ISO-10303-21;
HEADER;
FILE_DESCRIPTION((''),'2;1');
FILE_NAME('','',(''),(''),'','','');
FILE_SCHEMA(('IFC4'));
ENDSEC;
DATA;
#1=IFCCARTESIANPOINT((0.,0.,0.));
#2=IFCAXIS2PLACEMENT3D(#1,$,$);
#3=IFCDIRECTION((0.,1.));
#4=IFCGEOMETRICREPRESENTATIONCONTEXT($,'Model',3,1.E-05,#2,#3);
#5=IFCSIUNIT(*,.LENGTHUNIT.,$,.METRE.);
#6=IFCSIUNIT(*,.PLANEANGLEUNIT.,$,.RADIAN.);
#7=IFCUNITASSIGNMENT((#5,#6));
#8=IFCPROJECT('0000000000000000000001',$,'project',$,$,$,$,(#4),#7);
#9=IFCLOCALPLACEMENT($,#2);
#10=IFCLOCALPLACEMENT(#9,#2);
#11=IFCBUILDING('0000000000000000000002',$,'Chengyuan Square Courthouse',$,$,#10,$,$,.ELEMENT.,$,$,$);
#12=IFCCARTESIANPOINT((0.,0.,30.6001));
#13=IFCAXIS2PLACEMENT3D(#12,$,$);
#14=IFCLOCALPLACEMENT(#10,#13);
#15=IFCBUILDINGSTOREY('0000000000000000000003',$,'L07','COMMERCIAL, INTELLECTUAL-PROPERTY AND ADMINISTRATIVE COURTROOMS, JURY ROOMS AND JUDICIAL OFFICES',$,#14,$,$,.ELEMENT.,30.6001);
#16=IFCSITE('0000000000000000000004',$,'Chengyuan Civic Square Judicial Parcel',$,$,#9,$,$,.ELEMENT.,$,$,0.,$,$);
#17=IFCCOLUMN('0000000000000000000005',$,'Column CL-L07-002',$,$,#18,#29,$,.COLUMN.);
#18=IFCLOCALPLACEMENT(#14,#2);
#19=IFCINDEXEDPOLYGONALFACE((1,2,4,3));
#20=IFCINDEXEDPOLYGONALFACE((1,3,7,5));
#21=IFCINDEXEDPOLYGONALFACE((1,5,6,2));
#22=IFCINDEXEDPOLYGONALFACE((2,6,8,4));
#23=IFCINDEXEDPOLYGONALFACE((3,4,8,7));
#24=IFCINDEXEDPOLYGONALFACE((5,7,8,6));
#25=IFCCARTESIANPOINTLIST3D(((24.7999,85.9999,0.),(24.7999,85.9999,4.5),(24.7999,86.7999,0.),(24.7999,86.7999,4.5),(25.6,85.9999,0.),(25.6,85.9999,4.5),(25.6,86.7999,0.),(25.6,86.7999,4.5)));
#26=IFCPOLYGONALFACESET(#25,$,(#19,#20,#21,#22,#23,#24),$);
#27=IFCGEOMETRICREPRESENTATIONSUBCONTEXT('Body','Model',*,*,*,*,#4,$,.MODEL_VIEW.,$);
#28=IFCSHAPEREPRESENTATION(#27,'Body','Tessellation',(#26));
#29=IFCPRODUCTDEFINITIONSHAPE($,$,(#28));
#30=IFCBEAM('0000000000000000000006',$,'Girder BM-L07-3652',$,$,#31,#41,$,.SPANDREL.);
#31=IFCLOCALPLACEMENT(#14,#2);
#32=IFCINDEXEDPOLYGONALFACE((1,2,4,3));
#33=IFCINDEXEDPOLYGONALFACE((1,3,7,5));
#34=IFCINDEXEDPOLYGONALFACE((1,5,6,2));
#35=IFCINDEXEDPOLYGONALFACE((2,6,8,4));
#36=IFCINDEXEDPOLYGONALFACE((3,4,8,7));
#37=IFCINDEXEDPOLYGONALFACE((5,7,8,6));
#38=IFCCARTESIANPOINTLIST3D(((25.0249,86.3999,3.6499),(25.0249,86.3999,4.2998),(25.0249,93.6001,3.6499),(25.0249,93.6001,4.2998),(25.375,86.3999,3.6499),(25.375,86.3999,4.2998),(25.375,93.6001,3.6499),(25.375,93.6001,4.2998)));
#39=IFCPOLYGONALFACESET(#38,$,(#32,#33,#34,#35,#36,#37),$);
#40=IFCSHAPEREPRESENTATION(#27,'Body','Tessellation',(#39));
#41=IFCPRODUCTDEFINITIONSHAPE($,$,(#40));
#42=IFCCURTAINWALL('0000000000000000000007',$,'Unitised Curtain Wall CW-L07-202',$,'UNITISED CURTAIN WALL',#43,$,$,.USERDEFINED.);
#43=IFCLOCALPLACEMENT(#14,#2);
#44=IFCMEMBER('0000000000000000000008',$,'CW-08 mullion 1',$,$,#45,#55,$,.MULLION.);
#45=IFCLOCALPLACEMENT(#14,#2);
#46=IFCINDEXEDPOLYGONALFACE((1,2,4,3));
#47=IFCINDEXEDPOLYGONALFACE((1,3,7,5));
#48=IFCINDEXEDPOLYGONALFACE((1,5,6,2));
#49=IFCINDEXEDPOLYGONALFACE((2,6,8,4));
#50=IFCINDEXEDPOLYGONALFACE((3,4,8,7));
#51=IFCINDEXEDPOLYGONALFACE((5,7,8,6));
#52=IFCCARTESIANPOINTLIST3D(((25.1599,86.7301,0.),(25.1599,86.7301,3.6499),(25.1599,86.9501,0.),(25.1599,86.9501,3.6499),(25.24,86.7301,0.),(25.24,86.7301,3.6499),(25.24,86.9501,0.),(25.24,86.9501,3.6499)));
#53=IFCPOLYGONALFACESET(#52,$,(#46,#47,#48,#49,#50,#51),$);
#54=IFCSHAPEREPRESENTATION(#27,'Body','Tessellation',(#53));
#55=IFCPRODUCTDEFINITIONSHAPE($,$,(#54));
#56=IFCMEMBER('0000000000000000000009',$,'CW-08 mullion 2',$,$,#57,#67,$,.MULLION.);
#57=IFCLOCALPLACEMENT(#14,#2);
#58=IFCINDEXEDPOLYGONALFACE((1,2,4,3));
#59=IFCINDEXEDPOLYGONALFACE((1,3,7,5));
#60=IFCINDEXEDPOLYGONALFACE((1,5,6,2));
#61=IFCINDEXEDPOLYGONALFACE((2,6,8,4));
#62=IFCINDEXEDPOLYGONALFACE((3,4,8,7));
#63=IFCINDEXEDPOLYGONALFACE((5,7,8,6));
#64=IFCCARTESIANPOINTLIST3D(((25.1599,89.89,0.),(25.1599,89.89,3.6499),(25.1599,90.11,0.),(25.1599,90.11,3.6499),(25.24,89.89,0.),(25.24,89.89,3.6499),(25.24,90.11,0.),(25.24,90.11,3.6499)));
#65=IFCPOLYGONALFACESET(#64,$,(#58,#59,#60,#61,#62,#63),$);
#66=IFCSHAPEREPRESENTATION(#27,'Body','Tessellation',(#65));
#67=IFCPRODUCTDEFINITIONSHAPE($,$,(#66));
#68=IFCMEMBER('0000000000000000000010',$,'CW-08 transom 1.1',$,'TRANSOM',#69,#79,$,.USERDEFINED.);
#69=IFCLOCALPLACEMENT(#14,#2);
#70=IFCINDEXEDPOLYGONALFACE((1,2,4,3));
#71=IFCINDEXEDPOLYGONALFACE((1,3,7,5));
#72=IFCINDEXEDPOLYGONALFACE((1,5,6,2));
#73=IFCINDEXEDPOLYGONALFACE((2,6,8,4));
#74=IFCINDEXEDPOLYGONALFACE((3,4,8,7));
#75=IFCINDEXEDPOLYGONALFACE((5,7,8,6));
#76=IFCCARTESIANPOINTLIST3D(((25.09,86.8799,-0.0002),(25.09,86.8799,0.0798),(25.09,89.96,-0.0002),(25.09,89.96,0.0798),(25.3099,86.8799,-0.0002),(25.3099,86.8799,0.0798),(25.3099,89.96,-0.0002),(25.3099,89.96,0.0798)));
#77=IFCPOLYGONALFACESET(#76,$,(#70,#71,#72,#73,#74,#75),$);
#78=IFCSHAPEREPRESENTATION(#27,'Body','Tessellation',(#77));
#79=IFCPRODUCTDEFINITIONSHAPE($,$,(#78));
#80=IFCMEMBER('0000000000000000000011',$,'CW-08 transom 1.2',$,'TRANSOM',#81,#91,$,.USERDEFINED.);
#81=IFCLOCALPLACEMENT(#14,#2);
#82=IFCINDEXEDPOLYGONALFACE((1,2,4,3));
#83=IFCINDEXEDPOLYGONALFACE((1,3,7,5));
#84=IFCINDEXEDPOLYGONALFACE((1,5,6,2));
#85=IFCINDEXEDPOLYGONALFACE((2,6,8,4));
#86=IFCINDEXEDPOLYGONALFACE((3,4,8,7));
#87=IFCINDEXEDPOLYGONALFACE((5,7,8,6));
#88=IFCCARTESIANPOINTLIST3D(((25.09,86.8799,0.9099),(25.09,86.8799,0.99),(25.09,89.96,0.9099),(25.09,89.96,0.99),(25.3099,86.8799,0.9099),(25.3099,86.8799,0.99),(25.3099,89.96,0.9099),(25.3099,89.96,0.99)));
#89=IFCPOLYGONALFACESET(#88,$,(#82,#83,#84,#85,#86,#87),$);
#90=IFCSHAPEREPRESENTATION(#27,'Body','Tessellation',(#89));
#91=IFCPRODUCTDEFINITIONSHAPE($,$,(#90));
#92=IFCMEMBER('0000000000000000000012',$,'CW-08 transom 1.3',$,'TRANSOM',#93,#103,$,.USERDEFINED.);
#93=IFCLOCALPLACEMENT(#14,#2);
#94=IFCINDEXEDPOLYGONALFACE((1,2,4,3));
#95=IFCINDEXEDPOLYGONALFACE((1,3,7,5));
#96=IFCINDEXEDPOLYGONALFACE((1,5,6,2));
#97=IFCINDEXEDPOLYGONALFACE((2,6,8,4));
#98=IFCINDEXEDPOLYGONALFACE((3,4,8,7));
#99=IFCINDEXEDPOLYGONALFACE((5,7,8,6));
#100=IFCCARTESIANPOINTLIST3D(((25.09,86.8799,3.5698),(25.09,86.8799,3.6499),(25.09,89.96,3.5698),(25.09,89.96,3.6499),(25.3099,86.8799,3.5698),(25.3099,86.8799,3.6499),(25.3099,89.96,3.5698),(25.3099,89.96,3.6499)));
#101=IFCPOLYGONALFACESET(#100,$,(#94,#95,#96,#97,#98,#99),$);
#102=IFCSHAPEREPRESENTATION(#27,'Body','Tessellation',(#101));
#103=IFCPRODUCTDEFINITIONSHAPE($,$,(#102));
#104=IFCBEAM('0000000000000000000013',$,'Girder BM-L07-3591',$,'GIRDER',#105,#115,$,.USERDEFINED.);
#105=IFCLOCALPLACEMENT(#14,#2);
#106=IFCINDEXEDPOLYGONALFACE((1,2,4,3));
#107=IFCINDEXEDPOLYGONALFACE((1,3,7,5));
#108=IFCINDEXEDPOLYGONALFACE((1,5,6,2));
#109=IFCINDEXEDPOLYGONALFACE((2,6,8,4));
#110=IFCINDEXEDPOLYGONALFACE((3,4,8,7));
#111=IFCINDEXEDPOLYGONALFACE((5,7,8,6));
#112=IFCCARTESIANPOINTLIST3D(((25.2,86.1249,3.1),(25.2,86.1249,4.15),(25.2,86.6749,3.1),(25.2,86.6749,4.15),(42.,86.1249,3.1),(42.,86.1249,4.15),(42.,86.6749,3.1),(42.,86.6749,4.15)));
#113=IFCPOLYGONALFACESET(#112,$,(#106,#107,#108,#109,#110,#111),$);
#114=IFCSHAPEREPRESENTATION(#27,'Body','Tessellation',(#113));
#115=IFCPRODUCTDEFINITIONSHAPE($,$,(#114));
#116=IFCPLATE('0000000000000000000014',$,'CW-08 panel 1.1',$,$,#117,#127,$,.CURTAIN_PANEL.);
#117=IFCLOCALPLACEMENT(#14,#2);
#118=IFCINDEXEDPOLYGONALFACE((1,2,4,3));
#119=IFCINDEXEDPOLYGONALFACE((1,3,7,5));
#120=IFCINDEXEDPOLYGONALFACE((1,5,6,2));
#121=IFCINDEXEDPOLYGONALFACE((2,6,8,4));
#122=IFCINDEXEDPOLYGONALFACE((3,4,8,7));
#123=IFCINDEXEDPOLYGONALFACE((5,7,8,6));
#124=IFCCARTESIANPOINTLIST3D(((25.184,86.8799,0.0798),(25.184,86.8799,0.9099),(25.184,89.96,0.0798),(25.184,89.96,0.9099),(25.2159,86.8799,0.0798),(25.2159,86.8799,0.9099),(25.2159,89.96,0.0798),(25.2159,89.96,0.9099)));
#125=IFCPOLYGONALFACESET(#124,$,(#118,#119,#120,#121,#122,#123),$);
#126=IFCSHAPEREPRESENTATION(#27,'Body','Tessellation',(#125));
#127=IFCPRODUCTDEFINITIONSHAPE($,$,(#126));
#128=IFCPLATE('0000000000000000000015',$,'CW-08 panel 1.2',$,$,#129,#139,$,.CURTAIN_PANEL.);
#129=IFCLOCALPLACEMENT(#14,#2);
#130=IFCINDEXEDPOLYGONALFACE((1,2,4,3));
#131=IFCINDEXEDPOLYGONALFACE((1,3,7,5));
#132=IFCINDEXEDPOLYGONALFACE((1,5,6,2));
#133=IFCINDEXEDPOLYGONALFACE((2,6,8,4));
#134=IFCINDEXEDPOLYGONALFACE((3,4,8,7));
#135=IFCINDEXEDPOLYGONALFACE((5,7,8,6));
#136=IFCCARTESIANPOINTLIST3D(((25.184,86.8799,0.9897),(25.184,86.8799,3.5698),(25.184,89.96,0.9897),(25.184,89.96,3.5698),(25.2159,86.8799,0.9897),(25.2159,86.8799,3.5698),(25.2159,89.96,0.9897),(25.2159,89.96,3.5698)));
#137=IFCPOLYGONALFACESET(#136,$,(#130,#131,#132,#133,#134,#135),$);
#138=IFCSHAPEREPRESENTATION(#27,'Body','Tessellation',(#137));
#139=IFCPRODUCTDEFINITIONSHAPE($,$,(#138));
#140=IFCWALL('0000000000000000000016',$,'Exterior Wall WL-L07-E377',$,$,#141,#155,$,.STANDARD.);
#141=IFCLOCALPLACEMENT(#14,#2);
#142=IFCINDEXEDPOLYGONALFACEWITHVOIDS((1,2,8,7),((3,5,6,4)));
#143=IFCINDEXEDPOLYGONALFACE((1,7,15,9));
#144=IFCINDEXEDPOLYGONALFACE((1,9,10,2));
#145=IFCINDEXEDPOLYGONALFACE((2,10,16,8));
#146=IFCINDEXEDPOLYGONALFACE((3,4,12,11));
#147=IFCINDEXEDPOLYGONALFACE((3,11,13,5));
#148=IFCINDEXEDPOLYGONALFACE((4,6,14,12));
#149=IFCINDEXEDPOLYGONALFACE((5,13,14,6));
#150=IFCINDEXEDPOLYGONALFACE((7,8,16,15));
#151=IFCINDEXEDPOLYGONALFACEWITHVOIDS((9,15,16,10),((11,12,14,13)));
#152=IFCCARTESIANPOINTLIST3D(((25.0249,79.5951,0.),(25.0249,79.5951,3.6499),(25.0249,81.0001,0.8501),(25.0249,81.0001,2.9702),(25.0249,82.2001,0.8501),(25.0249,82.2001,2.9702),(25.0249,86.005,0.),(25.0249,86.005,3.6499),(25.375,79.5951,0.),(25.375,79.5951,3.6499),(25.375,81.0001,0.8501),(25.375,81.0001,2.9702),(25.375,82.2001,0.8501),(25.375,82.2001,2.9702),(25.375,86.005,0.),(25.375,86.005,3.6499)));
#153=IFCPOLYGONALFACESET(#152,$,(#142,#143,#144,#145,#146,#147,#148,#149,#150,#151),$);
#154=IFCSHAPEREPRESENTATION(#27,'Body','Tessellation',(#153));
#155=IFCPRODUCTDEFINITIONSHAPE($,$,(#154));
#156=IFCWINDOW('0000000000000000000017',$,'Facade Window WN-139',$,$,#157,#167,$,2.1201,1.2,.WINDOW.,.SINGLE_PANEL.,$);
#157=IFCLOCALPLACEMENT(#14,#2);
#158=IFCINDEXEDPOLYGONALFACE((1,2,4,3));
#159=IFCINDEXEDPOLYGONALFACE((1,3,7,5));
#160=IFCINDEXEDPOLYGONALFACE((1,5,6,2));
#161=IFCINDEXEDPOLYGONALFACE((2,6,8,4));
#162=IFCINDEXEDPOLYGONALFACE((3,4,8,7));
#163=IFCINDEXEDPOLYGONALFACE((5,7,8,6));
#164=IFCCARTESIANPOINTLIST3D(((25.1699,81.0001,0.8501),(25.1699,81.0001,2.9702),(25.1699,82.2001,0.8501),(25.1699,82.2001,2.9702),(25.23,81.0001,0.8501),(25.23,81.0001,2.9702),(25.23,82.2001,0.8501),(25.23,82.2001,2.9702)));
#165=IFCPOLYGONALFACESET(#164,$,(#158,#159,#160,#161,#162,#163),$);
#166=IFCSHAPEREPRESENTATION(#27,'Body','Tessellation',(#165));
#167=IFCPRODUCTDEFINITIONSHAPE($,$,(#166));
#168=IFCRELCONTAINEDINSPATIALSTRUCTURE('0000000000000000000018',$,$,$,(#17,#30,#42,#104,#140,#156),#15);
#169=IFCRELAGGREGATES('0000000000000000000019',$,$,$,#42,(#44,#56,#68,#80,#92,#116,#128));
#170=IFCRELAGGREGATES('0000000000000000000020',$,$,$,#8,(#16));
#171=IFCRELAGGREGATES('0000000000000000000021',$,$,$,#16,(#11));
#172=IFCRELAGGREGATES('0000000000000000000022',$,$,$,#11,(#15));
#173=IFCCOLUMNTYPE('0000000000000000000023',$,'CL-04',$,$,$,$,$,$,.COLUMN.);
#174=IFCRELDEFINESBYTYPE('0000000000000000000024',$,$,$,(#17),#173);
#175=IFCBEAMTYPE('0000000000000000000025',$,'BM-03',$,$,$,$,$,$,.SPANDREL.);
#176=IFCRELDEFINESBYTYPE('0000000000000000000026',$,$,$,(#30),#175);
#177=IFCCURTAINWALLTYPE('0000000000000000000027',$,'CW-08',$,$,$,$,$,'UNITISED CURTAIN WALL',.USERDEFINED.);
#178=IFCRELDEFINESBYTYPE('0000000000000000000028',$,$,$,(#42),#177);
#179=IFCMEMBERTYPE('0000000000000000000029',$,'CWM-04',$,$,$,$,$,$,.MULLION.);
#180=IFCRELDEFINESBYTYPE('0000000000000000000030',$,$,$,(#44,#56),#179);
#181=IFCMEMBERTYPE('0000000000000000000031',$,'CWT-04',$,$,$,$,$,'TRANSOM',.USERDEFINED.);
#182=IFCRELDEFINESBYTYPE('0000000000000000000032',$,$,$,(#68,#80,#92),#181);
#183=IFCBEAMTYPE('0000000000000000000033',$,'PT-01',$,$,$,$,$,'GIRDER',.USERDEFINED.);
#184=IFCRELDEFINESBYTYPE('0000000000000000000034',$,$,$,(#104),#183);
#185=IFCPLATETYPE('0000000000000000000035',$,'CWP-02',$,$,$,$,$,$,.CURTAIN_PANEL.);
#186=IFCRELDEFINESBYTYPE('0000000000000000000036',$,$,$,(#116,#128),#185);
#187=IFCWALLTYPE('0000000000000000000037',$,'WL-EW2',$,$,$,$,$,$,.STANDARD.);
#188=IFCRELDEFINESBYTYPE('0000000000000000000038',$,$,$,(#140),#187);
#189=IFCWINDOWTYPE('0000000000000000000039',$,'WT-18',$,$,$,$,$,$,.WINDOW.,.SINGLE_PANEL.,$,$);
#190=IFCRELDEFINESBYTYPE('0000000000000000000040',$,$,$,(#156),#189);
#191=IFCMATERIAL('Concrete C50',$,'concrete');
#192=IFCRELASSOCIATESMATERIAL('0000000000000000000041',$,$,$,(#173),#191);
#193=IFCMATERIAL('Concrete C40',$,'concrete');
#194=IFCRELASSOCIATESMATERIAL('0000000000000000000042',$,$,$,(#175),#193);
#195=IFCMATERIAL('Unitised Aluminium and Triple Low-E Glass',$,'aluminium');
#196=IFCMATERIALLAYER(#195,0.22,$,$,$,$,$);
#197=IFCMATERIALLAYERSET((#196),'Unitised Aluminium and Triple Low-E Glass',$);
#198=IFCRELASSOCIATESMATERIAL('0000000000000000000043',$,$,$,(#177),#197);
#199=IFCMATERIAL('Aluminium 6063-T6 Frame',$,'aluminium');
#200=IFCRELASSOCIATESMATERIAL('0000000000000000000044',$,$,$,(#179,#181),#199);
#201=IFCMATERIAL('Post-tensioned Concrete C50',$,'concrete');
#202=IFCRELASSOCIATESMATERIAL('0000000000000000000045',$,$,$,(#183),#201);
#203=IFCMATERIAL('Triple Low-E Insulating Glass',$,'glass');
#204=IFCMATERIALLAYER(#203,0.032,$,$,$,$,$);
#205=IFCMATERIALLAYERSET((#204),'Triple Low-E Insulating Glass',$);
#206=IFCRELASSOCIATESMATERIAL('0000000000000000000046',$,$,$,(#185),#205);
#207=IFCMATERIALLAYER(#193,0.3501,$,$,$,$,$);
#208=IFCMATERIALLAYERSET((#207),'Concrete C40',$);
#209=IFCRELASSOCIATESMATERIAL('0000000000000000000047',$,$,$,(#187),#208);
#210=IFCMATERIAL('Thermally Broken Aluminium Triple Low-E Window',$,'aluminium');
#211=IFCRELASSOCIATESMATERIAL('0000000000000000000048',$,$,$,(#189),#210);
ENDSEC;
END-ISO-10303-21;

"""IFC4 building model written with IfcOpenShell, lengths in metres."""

from ifc_helpers import new_model, si_unit, direction, frame, frame_2d, origin, origin_2d, place, context, subcontext, project, spatial, rectangle, extrude, material, layer, layer_set, material_profile, profile_set, type_object, element, fill, aggregate, save


model = new_model("IFC4")

# Units and contexts
model_context = context("Model", 3, precision=1e-05, world=origin(), true_north=direction((0.0, 1.0)))
body_context = subcontext(model_context, "Body", "Model", "MODEL_VIEW")
ifc_project = project(units=[si_unit("LENGTHUNIT", "METRE"), si_unit("PLANEANGLEUNIT", "RADIAN")], contexts=[model_context])

# Site, building, storey
site_placement = place(None, origin())
site = spatial("IfcSite", under=ifc_project, at=site_placement, Name="Chengyuan Civic Square Judicial Parcel", CompositionType="ELEMENT", RefElevation=0.0)
building_placement = place(site_placement, origin())
building = spatial("IfcBuilding", under=site, at=building_placement, Name="Chengyuan Square Courthouse", CompositionType="ELEMENT")
storey_placement = place(building_placement, frame((0.0, 0.0, 30.6001)))
storey = spatial("IfcBuildingStorey", under=building, at=storey_placement, Name="L07", Description="COMMERCIAL, INTELLECTUAL-PROPERTY AND ADMINISTRATIVE COURTROOMS, JURY ROOMS AND JUDICIAL OFFICES", CompositionType="ELEMENT", Elevation=30.6001)

# Column
ifc_material_1 = material(Name="Concrete C50", Category="concrete")
ifc_material_profile_1 = material_profile(ifc_material_1, rectangle(XDim=0.8, YDim=0.8, at=origin_2d()), Name="RC-COL-800x800")
ifc_profile_set_1 = profile_set([ifc_material_profile_1], Name="Concrete C50")
column_type = type_object("IfcColumnType", Name="CL-04", PredefinedType="COLUMN", material=ifc_profile_set_1)
column_placement = place(storey_placement, frame((25.2, 86.3999, 0.0), z_axis=(0.0, 0.0, 1.0), x_axis=(1.0, 0.0, 0.0)))
element("IfcColumn", 1, at=column_placement, inside=storey, type_object=column_type, Name="Column CL-L07-002", PredefinedType="COLUMN", context=body_context, shape_type="SweptSolid", body=[
    extrude(rectangle(XDim=0.8, YDim=0.8, at=origin_2d()), origin(), (0.0, 0.0, 1.0), 4.5),
])

# Beam
ifc_material_2 = material(Name="Concrete C40", Category="concrete")
ifc_material_profile_2 = material_profile(ifc_material_2, rectangle(XDim=0.3501, YDim=0.6499, at=origin_2d()), Name="RC-BM-350x650")
ifc_profile_set_2 = profile_set([ifc_material_profile_2], Name="Concrete C40")
beam_type_1 = type_object("IfcBeamType", Name="BM-03", PredefinedType="SPANDREL", material=ifc_profile_set_2)
beam_1_placement = place(storey_placement, frame((25.2, 86.3999, 3.9749), z_axis=(0.0, 1.0, 0.0), x_axis=(-1.0, 0.0, 0.0)))
element("IfcBeam", 2, at=beam_1_placement, inside=storey, type_object=beam_type_1, Name="Girder BM-L07-3652", PredefinedType="SPANDREL", context=body_context, shape_type="SweptSolid", body=[
    extrude(rectangle(XDim=0.3501, YDim=0.6499, at=origin_2d()), origin(), (0.0, 0.0, 1.0), 7.2002),
])

# Curtain wall, members
ifc_material_3 = material(Name="Unitised Aluminium and Triple Low-E Glass", Category="aluminium")
ifc_layer_1 = layer(ifc_material_3, 0.22)
ifc_layer_set_1 = layer_set([ifc_layer_1], Name="Unitised Aluminium and Triple Low-E Glass")
curtain_wall_type = type_object("IfcCurtainWallType", Name="CW-08", ElementType="UNITISED CURTAIN WALL", PredefinedType="USERDEFINED", material=ifc_layer_set_1)
curtain_wall_placement = place(storey_placement, origin())
curtain_wall = element("IfcCurtainWall", 3, at=curtain_wall_placement, inside=storey, type_object=curtain_wall_type, Name="Unitised Curtain Wall CW-L07-202", ObjectType="UNITISED CURTAIN WALL", PredefinedType="USERDEFINED")
ifc_material_4 = material(Name="Aluminium 6063-T6 Frame", Category="aluminium")
ifc_material_profile_3 = material_profile(ifc_material_4, rectangle(XDim=0.0801, YDim=0.22, at=origin_2d()), Name="CW-MUL-80x220")
ifc_profile_set_3 = profile_set([ifc_material_profile_3], Name="Aluminium 6063-T6 Frame")
member_type_1 = type_object("IfcMemberType", Name="CWM-04", PredefinedType="MULLION", material=ifc_profile_set_3)
member_1_placement = place(storey_placement, frame((25.2, 86.8401, 0.0), z_axis=(0.0, 0.0, 1.0), x_axis=(-1.0, 0.0, 0.0)))
member_1 = element("IfcMember", 4, at=member_1_placement, type_object=member_type_1, Name="CW-08 mullion 1", PredefinedType="MULLION", context=body_context, shape_type="SweptSolid", body=[
    extrude(rectangle(XDim=0.0801, YDim=0.22, at=origin_2d()), origin(), (0.0, 0.0, 1.0), 3.6499),
])
member_2_placement = place(storey_placement, frame((25.2, 90.0, 0.0), z_axis=(0.0, 0.0, 1.0), x_axis=(-1.0, 0.0, 0.0)))
member_2 = element("IfcMember", 5, at=member_2_placement, type_object=member_type_1, Name="CW-08 mullion 2", PredefinedType="MULLION", context=body_context, shape_type="SweptSolid", body=[
    extrude(rectangle(XDim=0.0801, YDim=0.22, at=origin_2d()), origin(), (0.0, 0.0, 1.0), 3.6499),
])
ifc_material_profile_4 = material_profile(ifc_material_4, rectangle(XDim=0.22, YDim=0.0801, at=origin_2d()), Name="CW-TRN-80x180")
ifc_profile_set_4 = profile_set([ifc_material_profile_4], Name="Aluminium 6063-T6 Frame")
member_type_2 = type_object("IfcMemberType", Name="CWT-04", ElementType="TRANSOM", PredefinedType="USERDEFINED", material=ifc_profile_set_4)
member_3_placement = place(storey_placement, frame((25.2, 86.8799, 0.0398), z_axis=(0.0, 1.0, 0.0), x_axis=(-1.0, 0.0, 0.0)))
member_3 = element("IfcMember", 6, at=member_3_placement, type_object=member_type_2, Name="CW-08 transom 1.1", ObjectType="TRANSOM", PredefinedType="USERDEFINED", context=body_context, shape_type="SweptSolid", body=[
    extrude(rectangle(XDim=0.22, YDim=0.0801, at=origin_2d()), origin(), (0.0, 0.0, 1.0), 3.0801),
])
member_4_placement = place(storey_placement, frame((25.2, 86.8799, 0.95), z_axis=(0.0, 1.0, 0.0), x_axis=(-1.0, 0.0, 0.0)))
member_4 = element("IfcMember", 7, at=member_4_placement, type_object=member_type_2, Name="CW-08 transom 1.2", ObjectType="TRANSOM", PredefinedType="USERDEFINED", context=body_context, shape_type="SweptSolid", body=[
    extrude(rectangle(XDim=0.22, YDim=0.0801, at=origin_2d()), origin(), (0.0, 0.0, 1.0), 3.0801),
])
member_5_placement = place(storey_placement, frame((25.2, 86.8799, 3.6099), z_axis=(0.0, 1.0, 0.0), x_axis=(-1.0, 0.0, 0.0)))
member_5 = element("IfcMember", 8, at=member_5_placement, type_object=member_type_2, Name="CW-08 transom 1.3", ObjectType="TRANSOM", PredefinedType="USERDEFINED", context=body_context, shape_type="SweptSolid", body=[
    extrude(rectangle(XDim=0.22, YDim=0.0801, at=origin_2d()), origin(), (0.0, 0.0, 1.0), 3.0801),
])

# Beam
ifc_material_5 = material(Name="Post-tensioned Concrete C50", Category="concrete")
ifc_material_profile_5 = material_profile(ifc_material_5, rectangle(XDim=0.55, YDim=1.05, at=origin_2d()), Name="PT-BM-550x1050")
ifc_profile_set_5 = profile_set([ifc_material_profile_5], Name="Post-tensioned Concrete C50")
beam_type_2 = type_object("IfcBeamType", Name="PT-01", ElementType="GIRDER", PredefinedType="USERDEFINED", material=ifc_profile_set_5)
beam_2_placement = place(storey_placement, frame((25.2, 86.3999, 3.625), z_axis=(1.0, 0.0, 0.0), x_axis=(0.0, 1.0, 0.0)))
element("IfcBeam", 9, at=beam_2_placement, inside=storey, type_object=beam_type_2, Name="Girder BM-L07-3591", ObjectType="GIRDER", PredefinedType="USERDEFINED", context=body_context, shape_type="SweptSolid", body=[
    extrude(rectangle(XDim=0.55, YDim=1.05, at=origin_2d()), origin(), (0.0, 0.0, 1.0), 16.8),
])

# Plates
ifc_material_6 = material(Name="Triple Low-E Insulating Glass", Category="glass")
ifc_layer_2 = layer(ifc_material_6, 0.032)
ifc_layer_set_2 = layer_set([ifc_layer_2], Name="Triple Low-E Insulating Glass")
plate_type = type_object("IfcPlateType", Name="CWP-02", PredefinedType="CURTAIN_PANEL", material=ifc_layer_set_2)
plate_1_placement = place(storey_placement, frame((25.2, 88.4199, 0.0798), z_axis=(0.0, 0.0, 1.0), x_axis=(0.0, 1.0, 0.0)))
plate_1 = element("IfcPlate", 10, at=plate_1_placement, type_object=plate_type, Name="CW-08 panel 1.1", PredefinedType="CURTAIN_PANEL", context=body_context, shape_type="SweptSolid", body=[
    extrude(rectangle(XDim=3.0801, YDim=0.032, at=origin_2d()), origin(), (0.0, 0.0, 1.0), 0.8301),
])
plate_2_placement = place(storey_placement, frame((25.2, 88.4199, 0.9897), z_axis=(0.0, 0.0, 1.0), x_axis=(0.0, 1.0, 0.0)))
plate_2 = element("IfcPlate", 11, at=plate_2_placement, type_object=plate_type, Name="CW-08 panel 1.2", PredefinedType="CURTAIN_PANEL", context=body_context, shape_type="SweptSolid", body=[
    extrude(rectangle(XDim=3.0801, YDim=0.032, at=origin_2d()), origin(), (0.0, 0.0, 1.0), 2.5801),
])
aggregate(curtain_wall, [member_1, member_2, member_3, member_4, member_5, plate_1, plate_2])

# Wall, opening, window
ifc_layer_3 = layer(ifc_material_2, 0.3501)
ifc_layer_set_3 = layer_set([ifc_layer_3], Name="Concrete C40")
wall_type = type_object("IfcWallType", Name="WL-EW2", PredefinedType="STANDARD", material=ifc_layer_set_3)
wall_placement = place(storey_placement, frame((25.2, 79.595, 0.0), z_axis=(0.0, 0.0, 1.0), x_axis=(0.0, 1.0, 0.0)))
wall = element("IfcWall", 12, at=wall_placement, inside=storey, type_object=wall_type, Name="Exterior Wall WL-L07-E377", PredefinedType="STANDARD", context=body_context, shape_type="SweptSolid", body=[
    extrude(rectangle(XDim=6.4099, YDim=0.3501, at=frame_2d((3.2051, 0.0))), origin(), (0.0, 0.0, 1.0), 3.6499),
])
opening_placement = place(wall_placement, frame((1.405, 0.0, 0.8501)))
opening = element("IfcOpeningElement", 13, at=opening_placement, cuts=wall, PredefinedType="OPENING", context=body_context, shape_type="SweptSolid", body=[
    extrude(rectangle(XDim=1.2, YDim=2.1201, at=frame_2d((0.6001, 1.0601))), frame((0.0, 0.187, 0.0), z_axis=(0.0, -1.0, 0.0), x_axis=(1.0, 0.0, 0.0)), (0.0, 0.0, 1.0), 0.374),
])
ifc_material_7 = material(Name="Thermally Broken Aluminium Triple Low-E Window", Category="aluminium")
window_type = type_object("IfcWindowType", Name="WT-18", PartitioningType="SINGLE_PANEL", PredefinedType="WINDOW", material=ifc_material_7)
window_placement = place(opening_placement, origin())
window = element("IfcWindow", 14, at=window_placement, inside=storey, type_object=window_type, Name="Facade Window WN-139", OverallHeight=2.1201, OverallWidth=1.2, PartitioningType="SINGLE_PANEL", PredefinedType="WINDOW", context=body_context, shape_type="SweptSolid", body=[
    extrude(rectangle(XDim=1.2, YDim=2.1201, at=frame_2d((0.6001, 1.0601))), frame((0.0, 0.03, 0.0), z_axis=(0.0, -1.0, 0.0), x_axis=(1.0, 0.0, 0.0)), (0.0, 0.0, 1.0), 0.0601),
])
fill(opening, window)

save(model, "model.ifc")
